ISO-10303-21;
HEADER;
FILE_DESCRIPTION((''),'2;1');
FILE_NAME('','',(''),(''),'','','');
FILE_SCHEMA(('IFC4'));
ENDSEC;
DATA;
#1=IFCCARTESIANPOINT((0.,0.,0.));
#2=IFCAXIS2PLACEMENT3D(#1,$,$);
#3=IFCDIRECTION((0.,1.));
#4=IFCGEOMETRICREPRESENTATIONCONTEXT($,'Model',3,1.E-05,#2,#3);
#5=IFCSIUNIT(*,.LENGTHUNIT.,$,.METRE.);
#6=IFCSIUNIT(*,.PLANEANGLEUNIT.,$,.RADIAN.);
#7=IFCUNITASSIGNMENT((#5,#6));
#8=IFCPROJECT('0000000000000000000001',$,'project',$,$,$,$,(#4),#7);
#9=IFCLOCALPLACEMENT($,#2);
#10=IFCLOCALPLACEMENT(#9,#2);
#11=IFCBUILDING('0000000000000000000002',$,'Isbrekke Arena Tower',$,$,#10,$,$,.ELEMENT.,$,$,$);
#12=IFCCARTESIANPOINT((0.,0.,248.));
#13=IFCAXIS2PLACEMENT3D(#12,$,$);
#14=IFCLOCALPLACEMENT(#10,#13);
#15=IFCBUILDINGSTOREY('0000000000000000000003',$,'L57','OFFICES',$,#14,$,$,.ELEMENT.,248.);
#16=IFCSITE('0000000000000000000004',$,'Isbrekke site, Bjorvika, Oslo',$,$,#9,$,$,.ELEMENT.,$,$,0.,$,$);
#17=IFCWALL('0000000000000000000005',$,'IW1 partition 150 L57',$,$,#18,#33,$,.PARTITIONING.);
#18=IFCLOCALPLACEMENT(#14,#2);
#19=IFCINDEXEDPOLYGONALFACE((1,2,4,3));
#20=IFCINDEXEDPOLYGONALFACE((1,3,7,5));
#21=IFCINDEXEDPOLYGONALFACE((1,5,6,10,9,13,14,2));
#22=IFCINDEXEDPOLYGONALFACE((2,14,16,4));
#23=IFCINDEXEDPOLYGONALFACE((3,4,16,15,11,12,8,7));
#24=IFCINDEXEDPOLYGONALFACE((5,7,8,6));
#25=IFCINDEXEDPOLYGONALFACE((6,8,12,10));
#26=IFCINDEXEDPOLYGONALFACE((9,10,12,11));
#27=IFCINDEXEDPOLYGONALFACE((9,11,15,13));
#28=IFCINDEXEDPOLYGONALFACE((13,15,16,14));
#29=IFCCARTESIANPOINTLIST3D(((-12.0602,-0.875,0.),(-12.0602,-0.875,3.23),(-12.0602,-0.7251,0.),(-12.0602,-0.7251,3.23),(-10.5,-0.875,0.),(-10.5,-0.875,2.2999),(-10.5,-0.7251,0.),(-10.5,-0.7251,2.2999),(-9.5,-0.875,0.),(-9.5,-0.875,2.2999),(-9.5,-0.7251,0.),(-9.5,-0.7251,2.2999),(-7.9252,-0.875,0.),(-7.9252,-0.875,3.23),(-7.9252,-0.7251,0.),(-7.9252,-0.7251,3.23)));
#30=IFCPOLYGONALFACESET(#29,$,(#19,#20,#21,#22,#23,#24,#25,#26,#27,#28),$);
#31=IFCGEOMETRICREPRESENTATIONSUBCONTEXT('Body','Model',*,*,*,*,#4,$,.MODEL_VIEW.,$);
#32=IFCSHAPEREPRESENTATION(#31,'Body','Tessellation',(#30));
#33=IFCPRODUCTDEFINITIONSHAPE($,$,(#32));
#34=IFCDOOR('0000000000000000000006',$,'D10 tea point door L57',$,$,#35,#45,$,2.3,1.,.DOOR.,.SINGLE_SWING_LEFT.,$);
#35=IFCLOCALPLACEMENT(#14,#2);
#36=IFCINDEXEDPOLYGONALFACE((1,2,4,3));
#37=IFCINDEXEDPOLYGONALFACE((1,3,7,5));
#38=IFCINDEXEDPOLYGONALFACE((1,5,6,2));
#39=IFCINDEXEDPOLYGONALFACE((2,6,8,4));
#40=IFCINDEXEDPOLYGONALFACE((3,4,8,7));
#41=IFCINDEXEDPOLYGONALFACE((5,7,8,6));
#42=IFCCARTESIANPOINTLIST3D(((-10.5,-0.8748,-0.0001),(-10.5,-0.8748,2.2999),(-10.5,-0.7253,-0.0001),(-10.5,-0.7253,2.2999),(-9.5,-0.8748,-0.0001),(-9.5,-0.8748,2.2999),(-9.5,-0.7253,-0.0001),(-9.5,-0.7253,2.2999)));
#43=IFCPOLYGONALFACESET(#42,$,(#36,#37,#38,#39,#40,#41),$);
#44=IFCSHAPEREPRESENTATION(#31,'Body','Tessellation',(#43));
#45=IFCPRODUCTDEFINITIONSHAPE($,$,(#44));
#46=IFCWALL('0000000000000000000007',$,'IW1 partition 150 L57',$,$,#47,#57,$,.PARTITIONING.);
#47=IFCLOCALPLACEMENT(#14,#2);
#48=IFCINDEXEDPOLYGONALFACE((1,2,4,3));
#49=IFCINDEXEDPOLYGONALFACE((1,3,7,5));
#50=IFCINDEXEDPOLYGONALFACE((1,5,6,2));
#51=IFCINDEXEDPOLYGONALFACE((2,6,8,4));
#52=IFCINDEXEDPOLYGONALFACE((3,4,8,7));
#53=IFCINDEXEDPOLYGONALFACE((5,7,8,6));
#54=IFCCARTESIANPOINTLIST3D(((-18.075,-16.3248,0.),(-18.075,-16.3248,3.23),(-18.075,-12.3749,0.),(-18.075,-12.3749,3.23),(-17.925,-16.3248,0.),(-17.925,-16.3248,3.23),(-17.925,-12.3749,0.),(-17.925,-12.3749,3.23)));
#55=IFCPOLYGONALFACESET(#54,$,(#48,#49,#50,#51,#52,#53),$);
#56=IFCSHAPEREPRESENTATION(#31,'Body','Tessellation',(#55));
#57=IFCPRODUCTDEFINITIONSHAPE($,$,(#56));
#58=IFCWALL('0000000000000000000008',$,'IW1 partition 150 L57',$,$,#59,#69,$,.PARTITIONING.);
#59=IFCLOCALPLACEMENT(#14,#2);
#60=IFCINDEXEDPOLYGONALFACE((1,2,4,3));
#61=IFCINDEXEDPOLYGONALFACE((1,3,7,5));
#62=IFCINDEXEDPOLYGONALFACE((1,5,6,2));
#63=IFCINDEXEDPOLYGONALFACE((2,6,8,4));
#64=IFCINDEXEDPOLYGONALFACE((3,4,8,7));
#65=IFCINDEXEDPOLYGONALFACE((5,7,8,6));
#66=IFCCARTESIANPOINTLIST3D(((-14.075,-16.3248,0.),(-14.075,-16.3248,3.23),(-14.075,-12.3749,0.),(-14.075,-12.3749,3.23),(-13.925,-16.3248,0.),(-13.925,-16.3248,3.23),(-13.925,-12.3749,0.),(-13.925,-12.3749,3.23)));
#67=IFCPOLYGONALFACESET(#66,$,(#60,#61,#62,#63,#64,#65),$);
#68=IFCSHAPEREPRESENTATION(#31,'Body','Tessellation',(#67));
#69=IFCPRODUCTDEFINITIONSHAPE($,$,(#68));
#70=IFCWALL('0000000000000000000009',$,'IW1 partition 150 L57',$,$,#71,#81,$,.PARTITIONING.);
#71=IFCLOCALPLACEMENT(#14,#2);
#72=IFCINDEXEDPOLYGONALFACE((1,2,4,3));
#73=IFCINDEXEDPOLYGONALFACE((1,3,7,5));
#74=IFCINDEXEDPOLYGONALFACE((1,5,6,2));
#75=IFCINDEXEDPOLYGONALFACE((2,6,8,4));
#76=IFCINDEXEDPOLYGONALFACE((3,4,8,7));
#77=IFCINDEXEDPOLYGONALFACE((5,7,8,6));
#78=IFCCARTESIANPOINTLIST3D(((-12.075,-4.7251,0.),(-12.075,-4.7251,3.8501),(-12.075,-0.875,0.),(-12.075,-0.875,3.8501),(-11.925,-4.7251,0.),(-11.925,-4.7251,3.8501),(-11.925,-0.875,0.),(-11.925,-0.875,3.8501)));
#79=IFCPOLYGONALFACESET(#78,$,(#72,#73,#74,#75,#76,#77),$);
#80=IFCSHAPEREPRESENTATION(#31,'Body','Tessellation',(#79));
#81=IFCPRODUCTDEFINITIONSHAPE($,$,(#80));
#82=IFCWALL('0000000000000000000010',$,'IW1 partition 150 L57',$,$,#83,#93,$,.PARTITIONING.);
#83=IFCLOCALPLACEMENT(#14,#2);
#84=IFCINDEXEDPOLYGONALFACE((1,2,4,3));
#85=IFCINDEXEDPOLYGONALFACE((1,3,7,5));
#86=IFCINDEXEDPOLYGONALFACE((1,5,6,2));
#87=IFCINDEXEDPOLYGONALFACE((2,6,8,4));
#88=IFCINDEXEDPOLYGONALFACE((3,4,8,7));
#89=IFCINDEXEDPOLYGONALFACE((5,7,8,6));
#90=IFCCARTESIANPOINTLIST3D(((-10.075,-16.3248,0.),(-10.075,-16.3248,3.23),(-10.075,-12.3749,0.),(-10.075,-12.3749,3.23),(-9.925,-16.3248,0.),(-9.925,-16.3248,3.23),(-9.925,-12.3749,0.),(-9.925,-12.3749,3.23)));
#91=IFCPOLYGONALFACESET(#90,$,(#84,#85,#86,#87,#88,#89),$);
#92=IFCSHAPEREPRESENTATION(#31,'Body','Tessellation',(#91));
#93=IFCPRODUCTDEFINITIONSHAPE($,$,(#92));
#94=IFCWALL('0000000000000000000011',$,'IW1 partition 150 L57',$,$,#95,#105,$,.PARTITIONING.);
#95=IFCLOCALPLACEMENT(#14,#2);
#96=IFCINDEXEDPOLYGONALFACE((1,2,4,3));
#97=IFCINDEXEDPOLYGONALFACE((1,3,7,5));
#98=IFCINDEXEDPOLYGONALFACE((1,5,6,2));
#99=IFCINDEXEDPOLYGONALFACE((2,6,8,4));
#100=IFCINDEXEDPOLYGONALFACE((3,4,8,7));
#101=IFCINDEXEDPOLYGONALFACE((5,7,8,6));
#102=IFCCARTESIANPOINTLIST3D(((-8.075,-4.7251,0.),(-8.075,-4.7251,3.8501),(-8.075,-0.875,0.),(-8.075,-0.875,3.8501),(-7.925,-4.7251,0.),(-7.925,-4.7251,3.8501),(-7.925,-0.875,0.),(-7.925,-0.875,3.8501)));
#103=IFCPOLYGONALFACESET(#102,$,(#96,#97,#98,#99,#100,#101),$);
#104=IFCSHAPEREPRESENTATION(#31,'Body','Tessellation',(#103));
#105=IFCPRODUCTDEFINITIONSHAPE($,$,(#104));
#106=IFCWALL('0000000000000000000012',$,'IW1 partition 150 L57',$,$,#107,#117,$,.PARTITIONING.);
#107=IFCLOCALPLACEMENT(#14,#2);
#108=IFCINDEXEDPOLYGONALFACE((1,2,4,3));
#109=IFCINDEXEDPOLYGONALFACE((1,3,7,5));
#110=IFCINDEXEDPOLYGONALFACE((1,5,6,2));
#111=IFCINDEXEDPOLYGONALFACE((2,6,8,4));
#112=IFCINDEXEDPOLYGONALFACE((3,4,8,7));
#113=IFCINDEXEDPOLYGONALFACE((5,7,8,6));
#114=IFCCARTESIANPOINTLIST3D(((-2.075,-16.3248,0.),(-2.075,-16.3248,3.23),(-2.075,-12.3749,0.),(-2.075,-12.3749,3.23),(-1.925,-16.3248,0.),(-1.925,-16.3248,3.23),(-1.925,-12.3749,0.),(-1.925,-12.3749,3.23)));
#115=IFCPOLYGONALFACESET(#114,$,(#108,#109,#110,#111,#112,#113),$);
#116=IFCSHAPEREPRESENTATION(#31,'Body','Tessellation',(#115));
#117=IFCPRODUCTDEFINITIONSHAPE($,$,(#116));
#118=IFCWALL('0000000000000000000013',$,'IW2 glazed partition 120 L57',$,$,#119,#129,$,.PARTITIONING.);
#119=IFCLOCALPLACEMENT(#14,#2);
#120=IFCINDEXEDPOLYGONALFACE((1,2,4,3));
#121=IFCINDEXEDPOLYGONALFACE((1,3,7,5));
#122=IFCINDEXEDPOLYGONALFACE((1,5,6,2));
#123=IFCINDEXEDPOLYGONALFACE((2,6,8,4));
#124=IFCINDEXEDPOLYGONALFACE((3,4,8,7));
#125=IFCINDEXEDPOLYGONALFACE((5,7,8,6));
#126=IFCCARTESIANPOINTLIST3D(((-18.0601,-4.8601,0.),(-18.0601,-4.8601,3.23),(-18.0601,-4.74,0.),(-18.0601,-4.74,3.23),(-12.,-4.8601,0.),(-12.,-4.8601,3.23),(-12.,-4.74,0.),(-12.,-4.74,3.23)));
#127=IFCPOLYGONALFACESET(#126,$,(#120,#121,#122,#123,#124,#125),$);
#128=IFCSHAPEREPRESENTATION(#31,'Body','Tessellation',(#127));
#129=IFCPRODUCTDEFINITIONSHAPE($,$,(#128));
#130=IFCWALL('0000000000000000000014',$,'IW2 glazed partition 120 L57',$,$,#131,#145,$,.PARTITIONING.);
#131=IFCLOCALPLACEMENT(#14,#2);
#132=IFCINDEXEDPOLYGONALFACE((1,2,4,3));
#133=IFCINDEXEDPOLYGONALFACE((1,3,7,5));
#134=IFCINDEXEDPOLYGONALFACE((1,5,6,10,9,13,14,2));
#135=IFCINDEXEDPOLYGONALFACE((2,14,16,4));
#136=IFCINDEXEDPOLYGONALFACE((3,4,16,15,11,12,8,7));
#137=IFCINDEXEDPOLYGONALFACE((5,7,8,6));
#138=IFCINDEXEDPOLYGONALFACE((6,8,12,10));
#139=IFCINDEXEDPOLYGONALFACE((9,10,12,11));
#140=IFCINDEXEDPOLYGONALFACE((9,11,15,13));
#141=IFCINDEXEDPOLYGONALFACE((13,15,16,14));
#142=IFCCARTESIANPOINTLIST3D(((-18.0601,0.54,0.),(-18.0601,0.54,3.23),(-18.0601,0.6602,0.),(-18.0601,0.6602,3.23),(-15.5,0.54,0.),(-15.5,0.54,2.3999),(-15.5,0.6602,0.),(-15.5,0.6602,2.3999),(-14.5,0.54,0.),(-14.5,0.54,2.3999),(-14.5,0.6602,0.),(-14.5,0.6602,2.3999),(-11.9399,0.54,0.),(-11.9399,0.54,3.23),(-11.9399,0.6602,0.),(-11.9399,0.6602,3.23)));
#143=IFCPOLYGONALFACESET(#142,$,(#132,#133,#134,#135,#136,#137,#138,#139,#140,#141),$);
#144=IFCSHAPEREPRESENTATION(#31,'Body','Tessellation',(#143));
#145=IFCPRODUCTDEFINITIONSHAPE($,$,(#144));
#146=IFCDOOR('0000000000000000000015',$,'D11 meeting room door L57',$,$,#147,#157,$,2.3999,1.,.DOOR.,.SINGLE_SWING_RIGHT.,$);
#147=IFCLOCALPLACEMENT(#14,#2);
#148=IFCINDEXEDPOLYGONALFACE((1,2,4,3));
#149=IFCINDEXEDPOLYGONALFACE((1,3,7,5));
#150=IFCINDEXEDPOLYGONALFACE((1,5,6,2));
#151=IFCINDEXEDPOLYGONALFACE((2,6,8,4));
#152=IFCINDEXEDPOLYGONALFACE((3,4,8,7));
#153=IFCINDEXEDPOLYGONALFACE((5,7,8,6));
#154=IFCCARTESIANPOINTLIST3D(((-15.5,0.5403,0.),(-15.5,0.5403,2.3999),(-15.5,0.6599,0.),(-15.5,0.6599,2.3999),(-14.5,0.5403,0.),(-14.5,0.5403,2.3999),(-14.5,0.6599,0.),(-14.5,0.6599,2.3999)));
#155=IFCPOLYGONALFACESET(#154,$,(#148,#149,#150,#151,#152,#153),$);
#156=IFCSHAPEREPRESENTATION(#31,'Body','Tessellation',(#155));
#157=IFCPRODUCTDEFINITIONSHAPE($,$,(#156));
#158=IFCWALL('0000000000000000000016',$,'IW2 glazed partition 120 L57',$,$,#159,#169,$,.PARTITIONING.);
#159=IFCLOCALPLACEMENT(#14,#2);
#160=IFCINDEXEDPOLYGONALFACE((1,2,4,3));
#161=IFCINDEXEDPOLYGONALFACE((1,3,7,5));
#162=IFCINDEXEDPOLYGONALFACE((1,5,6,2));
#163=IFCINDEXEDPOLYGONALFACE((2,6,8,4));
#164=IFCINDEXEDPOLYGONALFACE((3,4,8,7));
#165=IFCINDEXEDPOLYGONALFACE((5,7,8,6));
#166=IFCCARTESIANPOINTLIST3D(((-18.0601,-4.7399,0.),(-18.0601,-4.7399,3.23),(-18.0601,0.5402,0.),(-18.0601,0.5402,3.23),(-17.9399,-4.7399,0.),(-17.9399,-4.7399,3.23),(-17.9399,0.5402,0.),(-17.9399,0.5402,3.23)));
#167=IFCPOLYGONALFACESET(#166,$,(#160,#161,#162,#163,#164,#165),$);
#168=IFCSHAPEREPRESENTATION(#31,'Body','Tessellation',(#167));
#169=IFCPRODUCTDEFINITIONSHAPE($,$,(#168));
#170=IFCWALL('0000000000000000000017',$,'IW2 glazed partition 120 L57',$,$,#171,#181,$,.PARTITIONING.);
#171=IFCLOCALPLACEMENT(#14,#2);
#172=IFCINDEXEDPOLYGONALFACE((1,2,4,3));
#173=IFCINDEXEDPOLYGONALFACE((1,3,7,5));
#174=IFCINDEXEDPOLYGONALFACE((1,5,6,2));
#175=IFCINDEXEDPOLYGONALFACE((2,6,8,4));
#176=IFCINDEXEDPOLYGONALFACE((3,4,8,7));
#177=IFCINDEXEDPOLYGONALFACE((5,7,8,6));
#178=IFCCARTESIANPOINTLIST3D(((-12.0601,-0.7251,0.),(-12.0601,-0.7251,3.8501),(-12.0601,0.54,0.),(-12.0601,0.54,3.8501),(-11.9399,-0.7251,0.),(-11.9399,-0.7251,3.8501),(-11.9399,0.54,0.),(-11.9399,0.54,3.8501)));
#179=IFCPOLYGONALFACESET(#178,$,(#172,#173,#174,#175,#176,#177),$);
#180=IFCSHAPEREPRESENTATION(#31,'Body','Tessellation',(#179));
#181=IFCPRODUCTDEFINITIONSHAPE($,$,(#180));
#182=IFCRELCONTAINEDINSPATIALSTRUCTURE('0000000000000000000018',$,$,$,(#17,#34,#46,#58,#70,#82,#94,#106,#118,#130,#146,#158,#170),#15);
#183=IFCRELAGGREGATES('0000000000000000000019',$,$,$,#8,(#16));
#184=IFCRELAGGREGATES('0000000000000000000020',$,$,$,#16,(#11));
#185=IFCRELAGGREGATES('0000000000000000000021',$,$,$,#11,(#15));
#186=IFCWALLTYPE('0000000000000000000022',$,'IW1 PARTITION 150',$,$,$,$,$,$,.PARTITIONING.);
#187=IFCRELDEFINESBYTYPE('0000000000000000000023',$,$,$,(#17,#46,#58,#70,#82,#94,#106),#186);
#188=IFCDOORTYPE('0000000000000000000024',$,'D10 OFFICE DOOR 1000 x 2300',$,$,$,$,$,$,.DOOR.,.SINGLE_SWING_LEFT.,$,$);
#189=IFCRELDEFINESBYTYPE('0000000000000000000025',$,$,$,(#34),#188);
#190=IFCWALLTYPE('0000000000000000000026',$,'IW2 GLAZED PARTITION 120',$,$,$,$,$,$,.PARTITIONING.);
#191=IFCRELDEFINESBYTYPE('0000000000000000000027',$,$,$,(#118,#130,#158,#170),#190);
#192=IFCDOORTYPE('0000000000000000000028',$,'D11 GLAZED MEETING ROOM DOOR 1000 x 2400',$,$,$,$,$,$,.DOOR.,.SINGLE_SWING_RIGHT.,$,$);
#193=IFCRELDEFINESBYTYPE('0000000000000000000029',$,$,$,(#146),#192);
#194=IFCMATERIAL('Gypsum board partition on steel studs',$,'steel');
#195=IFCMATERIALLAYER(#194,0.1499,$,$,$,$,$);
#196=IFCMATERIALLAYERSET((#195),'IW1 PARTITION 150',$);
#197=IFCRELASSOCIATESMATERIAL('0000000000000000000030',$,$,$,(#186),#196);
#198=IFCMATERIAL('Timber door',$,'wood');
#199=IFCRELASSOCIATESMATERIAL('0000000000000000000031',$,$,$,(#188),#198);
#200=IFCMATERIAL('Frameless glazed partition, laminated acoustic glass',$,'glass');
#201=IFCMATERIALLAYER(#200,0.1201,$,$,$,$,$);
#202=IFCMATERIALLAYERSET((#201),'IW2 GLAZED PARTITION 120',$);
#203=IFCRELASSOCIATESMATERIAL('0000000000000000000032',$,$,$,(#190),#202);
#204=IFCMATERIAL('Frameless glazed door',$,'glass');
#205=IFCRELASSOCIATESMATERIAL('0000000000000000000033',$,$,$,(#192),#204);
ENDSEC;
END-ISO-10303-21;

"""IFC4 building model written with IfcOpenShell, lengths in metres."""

from ifc_helpers import new_model, si_unit, direction, frame, frame_2d, origin, place, context, subcontext, project, spatial, rectangle, extrude, material, layer, layer_set, type_object, element, fill, save


model = new_model("IFC4")

# Units and contexts
model_context = context("Model", 3, precision=1e-05, world=origin(), true_north=direction((0.0, 1.0)))
body_context = subcontext(model_context, "Body", "Model", "MODEL_VIEW")
ifc_project = project(units=[si_unit("LENGTHUNIT", "METRE"), si_unit("PLANEANGLEUNIT", "RADIAN")], contexts=[model_context])

# Site, building, storey
site_placement = place(None, origin())
site = spatial("IfcSite", under=ifc_project, at=site_placement, Name="Isbrekke site, Bjorvika, Oslo", CompositionType="ELEMENT", RefElevation=0.0)
building_placement = place(site_placement, origin())
building = spatial("IfcBuilding", under=site, at=building_placement, Name="Isbrekke Arena Tower", CompositionType="ELEMENT")
storey_placement = place(building_placement, frame((0.0, 0.0, 248.0)))
storey = spatial("IfcBuildingStorey", under=building, at=storey_placement, Name="L57", Description="OFFICES", CompositionType="ELEMENT", Elevation=248.0)

# Shared definitions
ifc_material_1 = material(Name="Gypsum board partition on steel studs", Category="steel")
ifc_layer_1 = layer(ifc_material_1, 0.1499)
ifc_layer_set_1 = layer_set([ifc_layer_1], Name="IW1 PARTITION 150")
wall_type_1 = type_object("IfcWallType", Name="IW1 PARTITION 150", PredefinedType="PARTITIONING", material=ifc_layer_set_1)
ifc_material_2 = material(Name="Timber door", Category="wood")
door_type_1 = type_object("IfcDoorType", Name="D10 OFFICE DOOR 1000 x 2300", OperationType="SINGLE_SWING_LEFT", PredefinedType="DOOR", material=ifc_material_2)

# Wall, opening, door
wall_1_placement = place(storey_placement, frame((-12.0601, -0.8, 0.0), z_axis=(0.0, 0.0, 1.0), x_axis=(1.0, 0.0, 0.0)))
wall_1 = element("IfcWall", 1, at=wall_1_placement, inside=storey, type_object=wall_type_1, Name="IW1 partition 150 L57", PredefinedType="PARTITIONING", context=body_context, shape_type="SweptSolid", body=[
    extrude(rectangle(XDim=4.135, YDim=0.1499, at=frame_2d((2.0674, 0.0))), origin(), (0.0, 0.0, 1.0), 3.23),
])
opening_1_placement = place(wall_1_placement, frame((1.5601, 0.0, 0.0)))
opening_1 = element("IfcOpeningElement", 2, at=opening_1_placement, cuts=wall_1, PredefinedType="OPENING", context=body_context, shape_type="SweptSolid", body=[
    extrude(rectangle(XDim=1.0, YDim=2.3, at=frame_2d((0.5, 1.1499))), frame((0.0, 0.0898, 0.0), z_axis=(0.0, -1.0, 0.0), x_axis=(1.0, 0.0, 0.0)), (0.0, 0.0, 1.0), 0.1797),
])
door_1_placement = place(opening_1_placement, origin())
door_1 = element("IfcDoor", 3, at=door_1_placement, inside=storey, type_object=door_type_1, Name="D10 tea point door L57", OperationType="SINGLE_SWING_LEFT", OverallHeight=2.3, OverallWidth=1.0, PredefinedType="DOOR", context=body_context, shape_type="SweptSolid", body=[
    extrude(rectangle(XDim=1.0, YDim=2.3, at=frame_2d((0.5, 1.1499))), frame((0.0, 0.0747, 0.0), z_axis=(0.0, -1.0, 0.0), x_axis=(1.0, 0.0, 0.0)), (0.0, 0.0, 1.0), 0.1494),
])
fill(opening_1, door_1)

# Walls
for number, where, z_axis, x_axis, name in (
    (4, (-18.0, -16.325, 0.0), (0.0, 0.0, 1.0), (0.0, 1.0, 0.0), "IW1 partition 150 L57"),
    (5, (-14.0, -16.325, 0.0), (0.0, 0.0, 1.0), (0.0, 1.0, 0.0), "IW1 partition 150 L57"),
):
    element("IfcWall", number, at=place(storey_placement, frame(where, z_axis=z_axis, x_axis=x_axis)), inside=storey, type_object=wall_type_1, Name=name, PredefinedType="PARTITIONING", context=body_context, shape_type="SweptSolid", body=[
        extrude(rectangle(XDim=3.95, YDim=0.1499, at=frame_2d((1.9751, 0.0))), origin(), (0.0, 0.0, 1.0), 3.23),
    ])
wall_2_placement = place(storey_placement, frame((-12.0, -4.7251, 0.0), z_axis=(0.0, 0.0, 1.0), x_axis=(0.0, 1.0, 0.0)))
element("IfcWall", 6, at=wall_2_placement, inside=storey, type_object=wall_type_1, Name="IW1 partition 150 L57", PredefinedType="PARTITIONING", context=body_context, shape_type="SweptSolid", body=[
    extrude(rectangle(XDim=3.8501, YDim=0.1499, at=frame_2d((1.925, 0.0))), origin(), (0.0, 0.0, 1.0), 3.8501),
])
wall_3_placement = place(storey_placement, frame((-10.0, -16.325, 0.0), z_axis=(0.0, 0.0, 1.0), x_axis=(0.0, 1.0, 0.0)))
element("IfcWall", 7, at=wall_3_placement, inside=storey, type_object=wall_type_1, Name="IW1 partition 150 L57", PredefinedType="PARTITIONING", context=body_context, shape_type="SweptSolid", body=[
    extrude(rectangle(XDim=3.95, YDim=0.1499, at=frame_2d((1.9751, 0.0))), origin(), (0.0, 0.0, 1.0), 3.23),
])
wall_4_placement = place(storey_placement, frame((-8.0, -4.7251, 0.0), z_axis=(0.0, 0.0, 1.0), x_axis=(0.0, 1.0, 0.0)))
element("IfcWall", 8, at=wall_4_placement, inside=storey, type_object=wall_type_1, Name="IW1 partition 150 L57", PredefinedType="PARTITIONING", context=body_context, shape_type="SweptSolid", body=[
    extrude(rectangle(XDim=3.8501, YDim=0.1499, at=frame_2d((1.925, 0.0))), origin(), (0.0, 0.0, 1.0), 3.8501),
])
wall_5_placement = place(storey_placement, frame((-2.0, -16.325, 0.0), z_axis=(0.0, 0.0, 1.0), x_axis=(0.0, 1.0, 0.0)))
element("IfcWall", 9, at=wall_5_placement, inside=storey, type_object=wall_type_1, Name="IW1 partition 150 L57", PredefinedType="PARTITIONING", context=body_context, shape_type="SweptSolid", body=[
    extrude(rectangle(XDim=3.95, YDim=0.1499, at=frame_2d((1.9751, 0.0))), origin(), (0.0, 0.0, 1.0), 3.23),
])

# Shared definitions
ifc_material_3 = material(Name="Frameless glazed partition, laminated acoustic glass", Category="glass")
ifc_layer_2 = layer(ifc_material_3, 0.1201)
ifc_layer_set_2 = layer_set([ifc_layer_2], Name="IW2 GLAZED PARTITION 120")
wall_type_2 = type_object("IfcWallType", Name="IW2 GLAZED PARTITION 120", PredefinedType="PARTITIONING", material=ifc_layer_set_2)
ifc_material_4 = material(Name="Frameless glazed door", Category="glass")
door_type_2 = type_object("IfcDoorType", Name="D11 GLAZED MEETING ROOM DOOR 1000 x 2400", OperationType="SINGLE_SWING_RIGHT", PredefinedType="DOOR", material=ifc_material_4)

# Wall
wall_6_placement = place(storey_placement, frame((-18.0601, -4.8, 0.0), z_axis=(0.0, 0.0, 1.0), x_axis=(1.0, 0.0, 0.0)))
element("IfcWall", 10, at=wall_6_placement, inside=storey, type_object=wall_type_2, Name="IW2 glazed partition 120 L57", PredefinedType="PARTITIONING", context=body_context, shape_type="SweptSolid", body=[
    extrude(rectangle(XDim=6.0601, YDim=0.1201, at=frame_2d((3.03, 0.0))), origin(), (0.0, 0.0, 1.0), 3.23),
])

# Wall, opening, door
wall_7_placement = place(storey_placement, frame((-18.0601, 0.6001, 0.0), z_axis=(0.0, 0.0, 1.0), x_axis=(1.0, 0.0, 0.0)))
wall_7 = element("IfcWall", 11, at=wall_7_placement, inside=storey, type_object=wall_type_2, Name="IW2 glazed partition 120 L57", PredefinedType="PARTITIONING", context=body_context, shape_type="SweptSolid", body=[
    extrude(rectangle(XDim=6.1201, YDim=0.1201, at=frame_2d((3.0601, 0.0))), origin(), (0.0, 0.0, 1.0), 3.23),
])
opening_2_placement = place(wall_7_placement, frame((2.5601, 0.0, 0.0)))
opening_2 = element("IfcOpeningElement", 12, at=opening_2_placement, cuts=wall_7, PredefinedType="OPENING", context=body_context, shape_type="SweptSolid", body=[
    extrude(rectangle(XDim=1.0, YDim=2.3999, at=frame_2d((0.5, 1.2))), frame((0.0, 0.075, 0.0), z_axis=(0.0, -1.0, 0.0), x_axis=(1.0, 0.0, 0.0)), (0.0, 0.0, 1.0), 0.1499),
])
door_2_placement = place(opening_2_placement, origin())
door_2 = element("IfcDoor", 13, at=door_2_placement, inside=storey, type_object=door_type_2, Name="D11 meeting room door L57", OperationType="SINGLE_SWING_RIGHT", OverallHeight=2.3999, OverallWidth=1.0, PredefinedType="DOOR", context=body_context, shape_type="SweptSolid", body=[
    extrude(rectangle(XDim=1.0, YDim=2.3999, at=frame_2d((0.5, 1.2))), frame((0.0, 0.0598, 0.0), z_axis=(0.0, -1.0, 0.0), x_axis=(1.0, 0.0, 0.0)), (0.0, 0.0, 1.0), 0.1196),
])
fill(opening_2, door_2)

# Walls
wall_8_placement = place(storey_placement, frame((-18.0, -4.74, 0.0), z_axis=(0.0, 0.0, 1.0), x_axis=(0.0, 1.0, 0.0)))
element("IfcWall", 14, at=wall_8_placement, inside=storey, type_object=wall_type_2, Name="IW2 glazed partition 120 L57", PredefinedType="PARTITIONING", context=body_context, shape_type="SweptSolid", body=[
    extrude(rectangle(XDim=5.28, YDim=0.1201, at=frame_2d((2.6401, 0.0))), origin(), (0.0, 0.0, 1.0), 3.23),
])
wall_9_placement = place(storey_placement, frame((-12.0, -0.7251, 0.0), z_axis=(0.0, 0.0, 1.0), x_axis=(0.0, 1.0, 0.0)))
element("IfcWall", 15, at=wall_9_placement, inside=storey, type_object=wall_type_2, Name="IW2 glazed partition 120 L57", PredefinedType="PARTITIONING", context=body_context, shape_type="SweptSolid", body=[
    extrude(rectangle(XDim=1.2651, YDim=0.1201, at=frame_2d((0.6326, 0.0))), origin(), (0.0, 0.0, 1.0), 3.8501),
])

save(model, "model.ifc")
